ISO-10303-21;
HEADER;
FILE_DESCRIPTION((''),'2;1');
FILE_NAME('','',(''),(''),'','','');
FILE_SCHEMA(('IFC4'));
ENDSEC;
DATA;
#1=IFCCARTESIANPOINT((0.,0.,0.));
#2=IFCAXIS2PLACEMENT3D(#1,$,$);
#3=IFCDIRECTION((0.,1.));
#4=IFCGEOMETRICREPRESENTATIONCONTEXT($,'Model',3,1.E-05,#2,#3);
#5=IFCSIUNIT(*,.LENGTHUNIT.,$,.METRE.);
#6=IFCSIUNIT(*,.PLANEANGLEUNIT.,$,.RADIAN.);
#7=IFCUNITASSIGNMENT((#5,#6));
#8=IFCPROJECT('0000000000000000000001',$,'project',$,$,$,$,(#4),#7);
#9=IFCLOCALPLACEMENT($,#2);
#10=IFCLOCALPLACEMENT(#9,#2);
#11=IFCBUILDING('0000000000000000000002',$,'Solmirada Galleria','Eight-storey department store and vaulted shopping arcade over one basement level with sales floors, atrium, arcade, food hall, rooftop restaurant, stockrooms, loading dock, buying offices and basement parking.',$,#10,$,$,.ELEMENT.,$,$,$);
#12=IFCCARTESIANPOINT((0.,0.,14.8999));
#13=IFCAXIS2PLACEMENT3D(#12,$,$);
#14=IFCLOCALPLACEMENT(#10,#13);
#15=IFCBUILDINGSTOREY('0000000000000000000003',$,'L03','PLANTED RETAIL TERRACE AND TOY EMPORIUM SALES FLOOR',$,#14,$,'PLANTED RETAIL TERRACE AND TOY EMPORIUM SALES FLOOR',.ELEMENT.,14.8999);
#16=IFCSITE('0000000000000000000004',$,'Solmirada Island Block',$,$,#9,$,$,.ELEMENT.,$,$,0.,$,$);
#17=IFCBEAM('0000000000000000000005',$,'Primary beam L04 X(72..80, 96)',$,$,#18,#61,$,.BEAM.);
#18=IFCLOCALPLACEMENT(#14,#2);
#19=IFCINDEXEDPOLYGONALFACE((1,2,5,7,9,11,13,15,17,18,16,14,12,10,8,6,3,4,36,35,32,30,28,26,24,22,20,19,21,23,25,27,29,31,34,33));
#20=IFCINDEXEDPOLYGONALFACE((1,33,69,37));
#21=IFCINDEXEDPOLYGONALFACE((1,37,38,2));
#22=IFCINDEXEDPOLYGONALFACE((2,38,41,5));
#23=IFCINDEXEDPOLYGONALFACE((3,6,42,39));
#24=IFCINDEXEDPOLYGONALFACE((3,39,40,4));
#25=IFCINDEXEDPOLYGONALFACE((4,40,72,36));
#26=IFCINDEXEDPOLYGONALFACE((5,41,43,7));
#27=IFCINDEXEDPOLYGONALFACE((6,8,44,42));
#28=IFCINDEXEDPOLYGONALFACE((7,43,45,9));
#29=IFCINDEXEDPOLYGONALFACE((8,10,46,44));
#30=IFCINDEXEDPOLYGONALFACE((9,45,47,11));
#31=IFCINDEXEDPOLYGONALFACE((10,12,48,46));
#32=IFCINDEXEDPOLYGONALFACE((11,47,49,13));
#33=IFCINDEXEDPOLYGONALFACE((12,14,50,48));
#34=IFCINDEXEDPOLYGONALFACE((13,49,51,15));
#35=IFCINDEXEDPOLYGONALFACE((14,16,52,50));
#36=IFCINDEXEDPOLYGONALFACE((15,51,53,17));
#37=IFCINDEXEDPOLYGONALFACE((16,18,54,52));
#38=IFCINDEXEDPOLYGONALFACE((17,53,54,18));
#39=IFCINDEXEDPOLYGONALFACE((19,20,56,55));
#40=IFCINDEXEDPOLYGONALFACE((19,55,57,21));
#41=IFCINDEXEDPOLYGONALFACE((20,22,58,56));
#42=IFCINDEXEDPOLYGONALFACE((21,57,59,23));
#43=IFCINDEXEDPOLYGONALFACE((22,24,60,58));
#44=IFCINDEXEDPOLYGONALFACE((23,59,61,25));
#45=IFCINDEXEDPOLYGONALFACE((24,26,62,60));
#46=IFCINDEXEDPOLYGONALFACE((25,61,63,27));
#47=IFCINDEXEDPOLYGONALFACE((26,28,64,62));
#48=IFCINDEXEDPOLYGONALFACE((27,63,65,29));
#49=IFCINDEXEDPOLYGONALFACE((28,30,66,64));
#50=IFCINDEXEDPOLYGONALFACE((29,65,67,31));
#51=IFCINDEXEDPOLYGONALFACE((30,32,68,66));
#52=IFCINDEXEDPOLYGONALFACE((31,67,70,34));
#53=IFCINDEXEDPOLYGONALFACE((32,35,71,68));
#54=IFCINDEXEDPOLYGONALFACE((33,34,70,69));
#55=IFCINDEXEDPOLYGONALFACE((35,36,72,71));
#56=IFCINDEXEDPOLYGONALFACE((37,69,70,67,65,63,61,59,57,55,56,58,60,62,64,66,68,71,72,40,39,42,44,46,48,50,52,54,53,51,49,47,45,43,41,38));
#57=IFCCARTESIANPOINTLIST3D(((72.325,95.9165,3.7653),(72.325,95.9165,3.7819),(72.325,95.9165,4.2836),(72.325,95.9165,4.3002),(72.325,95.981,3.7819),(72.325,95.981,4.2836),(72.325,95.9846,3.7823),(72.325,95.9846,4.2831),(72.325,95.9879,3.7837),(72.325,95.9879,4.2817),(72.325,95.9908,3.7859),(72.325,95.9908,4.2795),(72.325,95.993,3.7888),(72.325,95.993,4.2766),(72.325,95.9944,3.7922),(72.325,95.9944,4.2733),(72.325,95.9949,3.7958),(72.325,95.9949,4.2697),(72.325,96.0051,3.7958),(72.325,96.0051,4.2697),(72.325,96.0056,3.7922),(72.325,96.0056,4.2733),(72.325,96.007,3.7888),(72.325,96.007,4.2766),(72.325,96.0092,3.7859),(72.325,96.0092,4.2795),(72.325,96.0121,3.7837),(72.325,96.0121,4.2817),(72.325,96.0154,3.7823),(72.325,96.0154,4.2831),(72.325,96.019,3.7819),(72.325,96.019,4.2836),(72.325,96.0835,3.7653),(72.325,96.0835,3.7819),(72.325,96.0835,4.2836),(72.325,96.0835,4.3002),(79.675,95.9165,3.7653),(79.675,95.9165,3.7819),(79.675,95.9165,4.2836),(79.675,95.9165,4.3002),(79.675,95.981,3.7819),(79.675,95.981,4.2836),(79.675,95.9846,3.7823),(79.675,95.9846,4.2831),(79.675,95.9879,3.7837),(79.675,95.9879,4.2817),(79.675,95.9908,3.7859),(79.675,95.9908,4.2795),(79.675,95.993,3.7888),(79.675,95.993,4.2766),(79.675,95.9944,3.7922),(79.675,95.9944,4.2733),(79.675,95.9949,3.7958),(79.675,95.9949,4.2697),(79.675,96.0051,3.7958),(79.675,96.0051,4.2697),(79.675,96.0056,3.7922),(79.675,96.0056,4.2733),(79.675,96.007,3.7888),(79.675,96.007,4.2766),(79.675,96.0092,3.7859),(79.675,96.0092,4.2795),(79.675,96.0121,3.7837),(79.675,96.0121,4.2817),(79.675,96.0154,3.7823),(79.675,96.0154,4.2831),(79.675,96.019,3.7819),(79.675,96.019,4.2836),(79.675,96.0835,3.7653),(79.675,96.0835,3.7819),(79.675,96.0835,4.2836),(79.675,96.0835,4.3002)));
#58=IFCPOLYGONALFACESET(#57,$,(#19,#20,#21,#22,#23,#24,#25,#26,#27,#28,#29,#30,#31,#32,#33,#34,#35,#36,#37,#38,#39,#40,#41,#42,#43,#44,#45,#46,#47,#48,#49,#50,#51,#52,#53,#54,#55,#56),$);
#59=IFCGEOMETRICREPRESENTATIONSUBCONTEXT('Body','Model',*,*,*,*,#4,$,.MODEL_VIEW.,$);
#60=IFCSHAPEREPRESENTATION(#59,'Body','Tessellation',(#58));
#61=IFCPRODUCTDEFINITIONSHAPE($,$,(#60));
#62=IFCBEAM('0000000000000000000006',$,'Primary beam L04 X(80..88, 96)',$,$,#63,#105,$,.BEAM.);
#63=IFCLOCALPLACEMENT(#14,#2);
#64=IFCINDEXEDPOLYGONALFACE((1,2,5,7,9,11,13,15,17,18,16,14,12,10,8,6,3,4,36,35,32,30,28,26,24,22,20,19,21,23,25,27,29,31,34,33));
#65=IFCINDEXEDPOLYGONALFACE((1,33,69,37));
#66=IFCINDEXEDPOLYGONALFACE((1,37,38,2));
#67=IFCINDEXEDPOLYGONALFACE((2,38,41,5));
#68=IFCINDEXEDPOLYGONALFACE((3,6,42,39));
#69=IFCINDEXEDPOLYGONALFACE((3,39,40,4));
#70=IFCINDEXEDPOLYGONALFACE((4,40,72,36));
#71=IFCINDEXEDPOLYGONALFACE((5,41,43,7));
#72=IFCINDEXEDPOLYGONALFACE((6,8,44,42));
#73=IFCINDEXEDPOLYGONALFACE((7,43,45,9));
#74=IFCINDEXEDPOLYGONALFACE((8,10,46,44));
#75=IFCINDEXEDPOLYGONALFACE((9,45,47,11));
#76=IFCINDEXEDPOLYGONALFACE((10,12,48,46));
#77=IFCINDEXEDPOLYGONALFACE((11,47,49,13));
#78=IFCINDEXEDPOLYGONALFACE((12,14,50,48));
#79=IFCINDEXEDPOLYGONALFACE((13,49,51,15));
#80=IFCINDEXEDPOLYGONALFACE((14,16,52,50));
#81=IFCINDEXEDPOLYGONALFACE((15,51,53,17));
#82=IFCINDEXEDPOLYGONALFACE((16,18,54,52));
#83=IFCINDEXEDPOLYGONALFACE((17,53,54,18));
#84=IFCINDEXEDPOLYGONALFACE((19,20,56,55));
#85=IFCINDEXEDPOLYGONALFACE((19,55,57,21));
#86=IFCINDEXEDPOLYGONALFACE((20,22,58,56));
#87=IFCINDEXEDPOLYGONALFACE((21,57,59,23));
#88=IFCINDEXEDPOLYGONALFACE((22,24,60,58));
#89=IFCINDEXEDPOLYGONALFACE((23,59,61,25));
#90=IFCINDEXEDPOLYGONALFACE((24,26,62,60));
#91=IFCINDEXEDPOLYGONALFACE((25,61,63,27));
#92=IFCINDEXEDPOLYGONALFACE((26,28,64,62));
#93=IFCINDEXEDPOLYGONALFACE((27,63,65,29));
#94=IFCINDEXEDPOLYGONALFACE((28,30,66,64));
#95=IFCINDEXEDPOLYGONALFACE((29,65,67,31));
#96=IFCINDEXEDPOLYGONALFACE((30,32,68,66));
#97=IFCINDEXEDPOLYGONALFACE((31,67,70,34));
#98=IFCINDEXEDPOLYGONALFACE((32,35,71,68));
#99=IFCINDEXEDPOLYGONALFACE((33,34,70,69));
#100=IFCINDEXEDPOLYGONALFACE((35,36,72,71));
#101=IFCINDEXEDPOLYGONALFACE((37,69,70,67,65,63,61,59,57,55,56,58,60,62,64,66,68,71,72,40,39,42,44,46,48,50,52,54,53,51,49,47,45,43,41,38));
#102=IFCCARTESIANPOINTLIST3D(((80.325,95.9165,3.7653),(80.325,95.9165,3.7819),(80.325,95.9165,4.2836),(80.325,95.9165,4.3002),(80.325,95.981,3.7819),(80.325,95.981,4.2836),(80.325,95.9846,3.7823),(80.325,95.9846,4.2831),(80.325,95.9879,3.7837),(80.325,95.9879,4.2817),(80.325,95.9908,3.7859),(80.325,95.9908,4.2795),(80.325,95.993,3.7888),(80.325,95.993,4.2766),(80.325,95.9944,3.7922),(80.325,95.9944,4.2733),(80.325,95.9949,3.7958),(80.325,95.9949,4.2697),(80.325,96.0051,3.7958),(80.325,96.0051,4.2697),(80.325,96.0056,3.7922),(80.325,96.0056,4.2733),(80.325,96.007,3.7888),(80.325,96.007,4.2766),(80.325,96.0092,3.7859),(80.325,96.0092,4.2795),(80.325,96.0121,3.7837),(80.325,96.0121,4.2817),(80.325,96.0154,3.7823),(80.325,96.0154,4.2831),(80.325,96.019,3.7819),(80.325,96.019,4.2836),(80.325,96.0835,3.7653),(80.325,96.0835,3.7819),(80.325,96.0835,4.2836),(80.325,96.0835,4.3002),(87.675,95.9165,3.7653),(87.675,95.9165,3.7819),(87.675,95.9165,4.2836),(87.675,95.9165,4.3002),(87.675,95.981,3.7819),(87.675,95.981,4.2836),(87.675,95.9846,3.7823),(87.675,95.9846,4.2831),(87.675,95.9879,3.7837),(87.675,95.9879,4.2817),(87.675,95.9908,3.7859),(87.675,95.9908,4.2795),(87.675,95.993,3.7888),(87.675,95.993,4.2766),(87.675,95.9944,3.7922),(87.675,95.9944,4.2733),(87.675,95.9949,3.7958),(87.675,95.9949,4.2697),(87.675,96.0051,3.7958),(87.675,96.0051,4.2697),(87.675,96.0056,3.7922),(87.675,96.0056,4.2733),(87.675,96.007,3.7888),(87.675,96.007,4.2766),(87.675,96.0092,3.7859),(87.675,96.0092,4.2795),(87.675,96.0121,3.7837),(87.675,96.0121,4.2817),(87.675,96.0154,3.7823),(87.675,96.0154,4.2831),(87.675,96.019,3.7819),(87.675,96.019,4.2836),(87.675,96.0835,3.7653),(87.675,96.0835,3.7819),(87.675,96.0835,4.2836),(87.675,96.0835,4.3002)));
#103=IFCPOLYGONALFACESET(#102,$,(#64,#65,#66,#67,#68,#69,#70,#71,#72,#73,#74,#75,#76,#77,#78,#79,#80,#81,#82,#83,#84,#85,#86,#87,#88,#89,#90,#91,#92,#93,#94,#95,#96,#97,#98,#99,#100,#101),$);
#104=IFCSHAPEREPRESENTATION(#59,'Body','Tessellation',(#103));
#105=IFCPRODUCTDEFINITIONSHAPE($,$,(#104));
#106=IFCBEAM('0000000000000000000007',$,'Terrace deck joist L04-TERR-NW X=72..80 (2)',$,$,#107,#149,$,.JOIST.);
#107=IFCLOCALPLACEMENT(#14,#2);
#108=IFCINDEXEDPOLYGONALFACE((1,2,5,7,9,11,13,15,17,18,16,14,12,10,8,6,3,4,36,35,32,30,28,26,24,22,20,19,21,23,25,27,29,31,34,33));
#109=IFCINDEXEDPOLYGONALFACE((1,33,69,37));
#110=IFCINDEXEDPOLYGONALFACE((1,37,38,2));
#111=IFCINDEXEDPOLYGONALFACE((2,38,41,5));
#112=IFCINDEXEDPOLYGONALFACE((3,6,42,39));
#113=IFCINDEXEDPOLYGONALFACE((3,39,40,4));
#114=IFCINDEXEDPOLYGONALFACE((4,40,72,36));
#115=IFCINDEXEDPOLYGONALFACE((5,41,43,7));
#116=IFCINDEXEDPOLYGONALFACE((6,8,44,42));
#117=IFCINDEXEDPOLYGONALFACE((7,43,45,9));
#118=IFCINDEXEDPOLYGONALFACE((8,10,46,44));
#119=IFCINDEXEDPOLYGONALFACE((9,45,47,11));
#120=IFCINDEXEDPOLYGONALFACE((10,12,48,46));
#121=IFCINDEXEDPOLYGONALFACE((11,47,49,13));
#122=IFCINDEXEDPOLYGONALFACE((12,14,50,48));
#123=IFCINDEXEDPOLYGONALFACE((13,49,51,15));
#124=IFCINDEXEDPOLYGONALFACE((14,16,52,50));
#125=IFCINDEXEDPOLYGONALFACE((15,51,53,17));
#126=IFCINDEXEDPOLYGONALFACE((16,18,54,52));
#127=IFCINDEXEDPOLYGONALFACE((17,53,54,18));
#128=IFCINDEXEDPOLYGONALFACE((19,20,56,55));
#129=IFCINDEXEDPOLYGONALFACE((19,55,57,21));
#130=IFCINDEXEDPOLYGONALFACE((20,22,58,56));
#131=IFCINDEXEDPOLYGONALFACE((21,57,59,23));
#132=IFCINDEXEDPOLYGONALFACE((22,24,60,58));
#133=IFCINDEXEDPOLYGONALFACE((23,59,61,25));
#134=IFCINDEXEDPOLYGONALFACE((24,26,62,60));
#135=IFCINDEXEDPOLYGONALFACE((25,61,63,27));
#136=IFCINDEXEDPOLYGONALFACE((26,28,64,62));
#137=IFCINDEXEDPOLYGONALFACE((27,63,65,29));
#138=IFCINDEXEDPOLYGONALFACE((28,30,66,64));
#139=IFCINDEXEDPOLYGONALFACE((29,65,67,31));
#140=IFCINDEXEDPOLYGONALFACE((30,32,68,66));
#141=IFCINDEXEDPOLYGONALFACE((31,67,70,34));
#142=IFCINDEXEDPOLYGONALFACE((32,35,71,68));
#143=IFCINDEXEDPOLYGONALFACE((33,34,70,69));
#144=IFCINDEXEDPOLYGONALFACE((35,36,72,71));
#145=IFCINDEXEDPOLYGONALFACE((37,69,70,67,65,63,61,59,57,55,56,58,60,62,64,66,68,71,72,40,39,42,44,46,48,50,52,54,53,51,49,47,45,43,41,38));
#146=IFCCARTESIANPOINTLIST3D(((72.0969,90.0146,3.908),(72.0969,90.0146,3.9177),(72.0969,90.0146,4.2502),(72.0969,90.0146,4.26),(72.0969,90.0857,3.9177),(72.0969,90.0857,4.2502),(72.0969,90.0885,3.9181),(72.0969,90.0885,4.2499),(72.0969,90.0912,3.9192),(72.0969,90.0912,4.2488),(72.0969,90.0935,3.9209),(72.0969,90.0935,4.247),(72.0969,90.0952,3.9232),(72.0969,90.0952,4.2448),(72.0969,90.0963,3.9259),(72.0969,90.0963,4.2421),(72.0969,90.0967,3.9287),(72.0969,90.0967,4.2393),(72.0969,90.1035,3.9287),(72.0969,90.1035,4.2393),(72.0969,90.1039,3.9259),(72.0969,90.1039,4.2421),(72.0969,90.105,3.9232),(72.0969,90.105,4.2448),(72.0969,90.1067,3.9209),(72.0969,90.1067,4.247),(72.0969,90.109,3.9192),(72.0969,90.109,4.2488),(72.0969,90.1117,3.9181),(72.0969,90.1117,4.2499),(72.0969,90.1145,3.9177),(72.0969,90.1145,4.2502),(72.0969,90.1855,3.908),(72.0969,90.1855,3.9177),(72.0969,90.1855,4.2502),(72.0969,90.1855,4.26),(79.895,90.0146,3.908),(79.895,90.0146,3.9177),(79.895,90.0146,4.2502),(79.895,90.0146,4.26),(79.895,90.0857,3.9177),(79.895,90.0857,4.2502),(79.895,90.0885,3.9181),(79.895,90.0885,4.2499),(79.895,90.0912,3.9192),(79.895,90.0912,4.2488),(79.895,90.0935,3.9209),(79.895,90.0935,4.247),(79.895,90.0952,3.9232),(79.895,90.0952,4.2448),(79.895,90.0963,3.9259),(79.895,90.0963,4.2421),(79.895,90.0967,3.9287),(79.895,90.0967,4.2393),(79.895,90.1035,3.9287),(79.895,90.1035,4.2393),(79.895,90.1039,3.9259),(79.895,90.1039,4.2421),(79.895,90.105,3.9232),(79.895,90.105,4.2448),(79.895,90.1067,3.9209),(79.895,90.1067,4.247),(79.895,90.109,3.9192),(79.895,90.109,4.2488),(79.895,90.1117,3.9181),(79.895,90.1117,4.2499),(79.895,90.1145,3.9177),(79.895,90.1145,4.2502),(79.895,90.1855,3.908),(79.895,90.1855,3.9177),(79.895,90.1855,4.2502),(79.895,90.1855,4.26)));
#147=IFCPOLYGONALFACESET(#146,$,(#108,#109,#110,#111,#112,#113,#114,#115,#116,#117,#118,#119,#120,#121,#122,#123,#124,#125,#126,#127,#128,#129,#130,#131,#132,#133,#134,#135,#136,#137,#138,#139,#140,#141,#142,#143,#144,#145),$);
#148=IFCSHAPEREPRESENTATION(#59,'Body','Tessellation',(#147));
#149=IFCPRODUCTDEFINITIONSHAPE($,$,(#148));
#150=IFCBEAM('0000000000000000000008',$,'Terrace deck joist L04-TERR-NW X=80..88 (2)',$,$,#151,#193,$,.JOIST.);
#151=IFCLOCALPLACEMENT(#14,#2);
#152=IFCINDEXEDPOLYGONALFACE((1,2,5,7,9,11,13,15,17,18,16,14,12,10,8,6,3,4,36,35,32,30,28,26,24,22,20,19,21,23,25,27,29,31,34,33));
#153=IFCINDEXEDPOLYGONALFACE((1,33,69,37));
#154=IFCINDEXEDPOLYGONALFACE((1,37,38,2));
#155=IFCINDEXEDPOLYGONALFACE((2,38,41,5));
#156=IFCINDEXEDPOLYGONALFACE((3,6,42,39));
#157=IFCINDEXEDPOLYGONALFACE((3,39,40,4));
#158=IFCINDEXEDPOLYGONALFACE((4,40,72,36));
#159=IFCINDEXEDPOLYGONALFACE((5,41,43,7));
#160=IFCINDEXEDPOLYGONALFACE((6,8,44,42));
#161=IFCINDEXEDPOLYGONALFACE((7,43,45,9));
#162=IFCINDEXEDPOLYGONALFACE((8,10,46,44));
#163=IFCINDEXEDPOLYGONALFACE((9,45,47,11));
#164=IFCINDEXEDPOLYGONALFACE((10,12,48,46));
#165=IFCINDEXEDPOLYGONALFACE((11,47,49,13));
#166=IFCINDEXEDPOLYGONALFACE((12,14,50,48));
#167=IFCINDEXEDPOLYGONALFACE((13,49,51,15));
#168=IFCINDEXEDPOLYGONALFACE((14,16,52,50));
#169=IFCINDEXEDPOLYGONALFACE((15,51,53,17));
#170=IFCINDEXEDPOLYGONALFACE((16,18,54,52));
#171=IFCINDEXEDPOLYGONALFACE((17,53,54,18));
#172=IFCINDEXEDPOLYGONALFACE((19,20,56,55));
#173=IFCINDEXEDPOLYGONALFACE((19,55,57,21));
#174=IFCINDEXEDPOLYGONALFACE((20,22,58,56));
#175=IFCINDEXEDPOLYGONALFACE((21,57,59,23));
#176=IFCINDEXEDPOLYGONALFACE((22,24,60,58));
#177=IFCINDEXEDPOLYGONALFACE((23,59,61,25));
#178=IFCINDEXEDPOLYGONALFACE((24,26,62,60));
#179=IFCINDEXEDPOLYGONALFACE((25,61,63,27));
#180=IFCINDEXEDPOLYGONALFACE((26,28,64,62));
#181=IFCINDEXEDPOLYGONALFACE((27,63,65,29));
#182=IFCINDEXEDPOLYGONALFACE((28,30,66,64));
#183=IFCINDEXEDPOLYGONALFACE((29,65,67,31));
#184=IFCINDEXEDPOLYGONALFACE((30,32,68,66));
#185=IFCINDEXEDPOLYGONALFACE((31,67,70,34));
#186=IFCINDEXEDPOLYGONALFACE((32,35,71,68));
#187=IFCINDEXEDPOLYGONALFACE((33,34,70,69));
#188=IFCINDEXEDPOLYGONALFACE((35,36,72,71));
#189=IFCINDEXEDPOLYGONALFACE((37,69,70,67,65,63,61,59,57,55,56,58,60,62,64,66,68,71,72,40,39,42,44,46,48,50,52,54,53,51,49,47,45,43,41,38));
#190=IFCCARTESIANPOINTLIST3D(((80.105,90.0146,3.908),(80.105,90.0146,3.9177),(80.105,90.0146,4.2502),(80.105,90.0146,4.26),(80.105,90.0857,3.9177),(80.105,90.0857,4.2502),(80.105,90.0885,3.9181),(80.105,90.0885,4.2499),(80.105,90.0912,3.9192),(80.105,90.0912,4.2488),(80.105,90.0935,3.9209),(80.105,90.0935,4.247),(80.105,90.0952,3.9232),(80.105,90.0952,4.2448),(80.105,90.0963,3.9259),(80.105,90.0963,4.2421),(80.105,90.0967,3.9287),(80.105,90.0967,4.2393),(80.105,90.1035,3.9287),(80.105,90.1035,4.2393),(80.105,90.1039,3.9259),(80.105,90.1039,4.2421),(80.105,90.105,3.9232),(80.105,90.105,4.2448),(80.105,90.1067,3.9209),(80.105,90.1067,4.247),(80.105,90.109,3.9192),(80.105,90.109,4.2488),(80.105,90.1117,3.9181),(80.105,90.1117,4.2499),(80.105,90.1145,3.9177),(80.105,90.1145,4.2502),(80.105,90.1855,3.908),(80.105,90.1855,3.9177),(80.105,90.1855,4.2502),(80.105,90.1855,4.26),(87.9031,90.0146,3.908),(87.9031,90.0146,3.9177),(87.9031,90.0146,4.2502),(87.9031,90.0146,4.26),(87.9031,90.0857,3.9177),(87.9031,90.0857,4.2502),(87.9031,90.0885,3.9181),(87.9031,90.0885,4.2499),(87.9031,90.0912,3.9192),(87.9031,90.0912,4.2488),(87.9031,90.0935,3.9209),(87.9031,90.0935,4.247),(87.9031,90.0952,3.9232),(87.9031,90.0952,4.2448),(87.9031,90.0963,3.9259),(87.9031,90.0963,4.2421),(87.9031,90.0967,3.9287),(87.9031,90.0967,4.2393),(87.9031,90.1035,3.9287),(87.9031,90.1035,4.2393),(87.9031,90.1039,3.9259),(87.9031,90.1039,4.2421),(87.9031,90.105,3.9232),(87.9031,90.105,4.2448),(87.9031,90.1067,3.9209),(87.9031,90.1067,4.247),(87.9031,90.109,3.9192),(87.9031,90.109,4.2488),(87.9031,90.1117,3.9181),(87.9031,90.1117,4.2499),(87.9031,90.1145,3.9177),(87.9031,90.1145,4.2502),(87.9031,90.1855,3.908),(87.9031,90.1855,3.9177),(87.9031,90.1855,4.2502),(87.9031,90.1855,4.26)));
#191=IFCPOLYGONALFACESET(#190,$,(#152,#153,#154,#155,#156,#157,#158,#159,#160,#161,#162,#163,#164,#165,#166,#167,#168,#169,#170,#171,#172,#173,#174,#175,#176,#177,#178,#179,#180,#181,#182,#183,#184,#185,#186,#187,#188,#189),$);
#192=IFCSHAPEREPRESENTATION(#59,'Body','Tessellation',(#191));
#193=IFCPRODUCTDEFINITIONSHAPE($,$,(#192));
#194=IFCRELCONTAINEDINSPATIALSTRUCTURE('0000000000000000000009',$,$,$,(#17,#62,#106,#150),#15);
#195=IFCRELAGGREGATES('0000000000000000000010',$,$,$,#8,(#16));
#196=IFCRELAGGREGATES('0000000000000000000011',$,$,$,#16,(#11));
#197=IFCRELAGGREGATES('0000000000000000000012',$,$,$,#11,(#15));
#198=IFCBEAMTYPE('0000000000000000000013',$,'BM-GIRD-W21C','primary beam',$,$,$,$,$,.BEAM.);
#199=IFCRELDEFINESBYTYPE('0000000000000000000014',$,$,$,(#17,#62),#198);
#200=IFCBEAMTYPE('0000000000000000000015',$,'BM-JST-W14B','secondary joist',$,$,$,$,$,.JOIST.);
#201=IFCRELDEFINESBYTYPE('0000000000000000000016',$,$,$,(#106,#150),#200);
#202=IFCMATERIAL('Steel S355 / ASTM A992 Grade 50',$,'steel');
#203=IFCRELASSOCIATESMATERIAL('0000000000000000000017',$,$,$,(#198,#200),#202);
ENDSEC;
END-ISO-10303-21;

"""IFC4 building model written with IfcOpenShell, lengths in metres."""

from ifc_helpers import new_model, si_unit, direction, frame, origin, origin_2d, place, context, subcontext, project, spatial, i_section, extrude, material, material_profile, profile_set, type_object, element, save


model = new_model("IFC4")

# Units and contexts
model_context = context("Model", 3, precision=1e-05, world=origin(), true_north=direction((0.0, 1.0)))
body_context = subcontext(model_context, "Body", "Model", "MODEL_VIEW")
ifc_project = project(units=[si_unit("LENGTHUNIT", "METRE"), si_unit("PLANEANGLEUNIT", "RADIAN")], contexts=[model_context])

# Site, building, storey
site_placement = place(None, origin())
site = spatial("IfcSite", under=ifc_project, at=site_placement, Name="Solmirada Island Block", CompositionType="ELEMENT", RefElevation=0.0)
building_placement = place(site_placement, origin())
building = spatial("IfcBuilding", under=site, at=building_placement, Name="Solmirada Galleria", Description="Eight-storey department store and vaulted shopping arcade over one basement level with sales floors, atrium, arcade, food hall, rooftop restaurant, stockrooms, loading dock, buying offices and basement parking.", CompositionType="ELEMENT")
storey_placement = place(building_placement, frame((0.0, 0.0, 14.8999)))
storey = spatial("IfcBuildingStorey", under=building, at=storey_placement, Name="L03", Description="PLANTED RETAIL TERRACE AND TOY EMPORIUM SALES FLOOR", LongName="PLANTED RETAIL TERRACE AND TOY EMPORIUM SALES FLOOR", CompositionType="ELEMENT", Elevation=14.8999)

# Beams
ifc_material_1 = material(Name="Steel S355 / ASTM A992 Grade 50", Category="steel")
ifc_material_profile_1 = material_profile(ifc_material_1, i_section(OverallWidth=0.167, OverallDepth=0.5349, WebThickness=0.0103, FlangeThickness=0.0166, FilletRadius=0.0139, at=origin_2d()), Name="W21X57")
ifc_profile_set_1 = profile_set([ifc_material_profile_1], Name="Steel S355 / ASTM A992 Grade 50")
beam_type_1 = type_object("IfcBeamType", Name="BM-GIRD-W21C", Description="primary beam", PredefinedType="BEAM", material=ifc_profile_set_1)
for number, where, z_axis, x_axis, name in (
    (1, (72.325, 96.0, 4.0327), (1.0, 0.0, 0.0), (0.0, 1.0, 0.0), "Primary beam L04 X(72..80, 96)"),
    (2, (80.325, 96.0, 4.0327), (1.0, 0.0, 0.0), (0.0, 1.0, 0.0), "Primary beam L04 X(80..88, 96)"),
):
    element("IfcBeam", number, at=place(storey_placement, frame(where, z_axis=z_axis, x_axis=x_axis)), inside=storey, type_object=beam_type_1, Name=name, PredefinedType="BEAM", context=body_context, shape_type="SweptSolid", body=[
        extrude(i_section(OverallWidth=0.167, OverallDepth=0.5349, WebThickness=0.0103, FlangeThickness=0.0166, FilletRadius=0.0139, at=origin_2d()), origin(), (0.0, 0.0, 1.0), 7.3501),
    ])
ifc_material_profile_2 = material_profile(ifc_material_1, i_section(OverallWidth=0.1709, OverallDepth=0.3521, WebThickness=0.0068, FlangeThickness=0.0098, FilletRadius=0.011, at=origin_2d()), Name="W14X30")
ifc_profile_set_2 = profile_set([ifc_material_profile_2], Name="Steel S355 / ASTM A992 Grade 50")
beam_type_2 = type_object("IfcBeamType", Name="BM-JST-W14B", Description="secondary joist", PredefinedType="JOIST", material=ifc_profile_set_2)
for number, where, z_axis, x_axis, name in (
    (3, (72.0969, 90.1001, 4.084), (1.0, 0.0, 0.0), (0.0, 1.0, 0.0), "Terrace deck joist L04-TERR-NW X=72..80 (2)"),
    (4, (80.105, 90.1001, 4.084), (1.0, 0.0, 0.0), (0.0, 1.0, 0.0), "Terrace deck joist L04-TERR-NW X=80..88 (2)"),
):
    element("IfcBeam", number, at=place(storey_placement, frame(where, z_axis=z_axis, x_axis=x_axis)), inside=storey, type_object=beam_type_2, Name=name, PredefinedType="JOIST", context=body_context, shape_type="SweptSolid", body=[
        extrude(i_section(OverallWidth=0.1709, OverallDepth=0.3521, WebThickness=0.0068, FlangeThickness=0.0098, FilletRadius=0.011, at=origin_2d()), origin(), (0.0, 0.0, 1.0), 7.7981),
    ])

save(model, "model.ifc")
